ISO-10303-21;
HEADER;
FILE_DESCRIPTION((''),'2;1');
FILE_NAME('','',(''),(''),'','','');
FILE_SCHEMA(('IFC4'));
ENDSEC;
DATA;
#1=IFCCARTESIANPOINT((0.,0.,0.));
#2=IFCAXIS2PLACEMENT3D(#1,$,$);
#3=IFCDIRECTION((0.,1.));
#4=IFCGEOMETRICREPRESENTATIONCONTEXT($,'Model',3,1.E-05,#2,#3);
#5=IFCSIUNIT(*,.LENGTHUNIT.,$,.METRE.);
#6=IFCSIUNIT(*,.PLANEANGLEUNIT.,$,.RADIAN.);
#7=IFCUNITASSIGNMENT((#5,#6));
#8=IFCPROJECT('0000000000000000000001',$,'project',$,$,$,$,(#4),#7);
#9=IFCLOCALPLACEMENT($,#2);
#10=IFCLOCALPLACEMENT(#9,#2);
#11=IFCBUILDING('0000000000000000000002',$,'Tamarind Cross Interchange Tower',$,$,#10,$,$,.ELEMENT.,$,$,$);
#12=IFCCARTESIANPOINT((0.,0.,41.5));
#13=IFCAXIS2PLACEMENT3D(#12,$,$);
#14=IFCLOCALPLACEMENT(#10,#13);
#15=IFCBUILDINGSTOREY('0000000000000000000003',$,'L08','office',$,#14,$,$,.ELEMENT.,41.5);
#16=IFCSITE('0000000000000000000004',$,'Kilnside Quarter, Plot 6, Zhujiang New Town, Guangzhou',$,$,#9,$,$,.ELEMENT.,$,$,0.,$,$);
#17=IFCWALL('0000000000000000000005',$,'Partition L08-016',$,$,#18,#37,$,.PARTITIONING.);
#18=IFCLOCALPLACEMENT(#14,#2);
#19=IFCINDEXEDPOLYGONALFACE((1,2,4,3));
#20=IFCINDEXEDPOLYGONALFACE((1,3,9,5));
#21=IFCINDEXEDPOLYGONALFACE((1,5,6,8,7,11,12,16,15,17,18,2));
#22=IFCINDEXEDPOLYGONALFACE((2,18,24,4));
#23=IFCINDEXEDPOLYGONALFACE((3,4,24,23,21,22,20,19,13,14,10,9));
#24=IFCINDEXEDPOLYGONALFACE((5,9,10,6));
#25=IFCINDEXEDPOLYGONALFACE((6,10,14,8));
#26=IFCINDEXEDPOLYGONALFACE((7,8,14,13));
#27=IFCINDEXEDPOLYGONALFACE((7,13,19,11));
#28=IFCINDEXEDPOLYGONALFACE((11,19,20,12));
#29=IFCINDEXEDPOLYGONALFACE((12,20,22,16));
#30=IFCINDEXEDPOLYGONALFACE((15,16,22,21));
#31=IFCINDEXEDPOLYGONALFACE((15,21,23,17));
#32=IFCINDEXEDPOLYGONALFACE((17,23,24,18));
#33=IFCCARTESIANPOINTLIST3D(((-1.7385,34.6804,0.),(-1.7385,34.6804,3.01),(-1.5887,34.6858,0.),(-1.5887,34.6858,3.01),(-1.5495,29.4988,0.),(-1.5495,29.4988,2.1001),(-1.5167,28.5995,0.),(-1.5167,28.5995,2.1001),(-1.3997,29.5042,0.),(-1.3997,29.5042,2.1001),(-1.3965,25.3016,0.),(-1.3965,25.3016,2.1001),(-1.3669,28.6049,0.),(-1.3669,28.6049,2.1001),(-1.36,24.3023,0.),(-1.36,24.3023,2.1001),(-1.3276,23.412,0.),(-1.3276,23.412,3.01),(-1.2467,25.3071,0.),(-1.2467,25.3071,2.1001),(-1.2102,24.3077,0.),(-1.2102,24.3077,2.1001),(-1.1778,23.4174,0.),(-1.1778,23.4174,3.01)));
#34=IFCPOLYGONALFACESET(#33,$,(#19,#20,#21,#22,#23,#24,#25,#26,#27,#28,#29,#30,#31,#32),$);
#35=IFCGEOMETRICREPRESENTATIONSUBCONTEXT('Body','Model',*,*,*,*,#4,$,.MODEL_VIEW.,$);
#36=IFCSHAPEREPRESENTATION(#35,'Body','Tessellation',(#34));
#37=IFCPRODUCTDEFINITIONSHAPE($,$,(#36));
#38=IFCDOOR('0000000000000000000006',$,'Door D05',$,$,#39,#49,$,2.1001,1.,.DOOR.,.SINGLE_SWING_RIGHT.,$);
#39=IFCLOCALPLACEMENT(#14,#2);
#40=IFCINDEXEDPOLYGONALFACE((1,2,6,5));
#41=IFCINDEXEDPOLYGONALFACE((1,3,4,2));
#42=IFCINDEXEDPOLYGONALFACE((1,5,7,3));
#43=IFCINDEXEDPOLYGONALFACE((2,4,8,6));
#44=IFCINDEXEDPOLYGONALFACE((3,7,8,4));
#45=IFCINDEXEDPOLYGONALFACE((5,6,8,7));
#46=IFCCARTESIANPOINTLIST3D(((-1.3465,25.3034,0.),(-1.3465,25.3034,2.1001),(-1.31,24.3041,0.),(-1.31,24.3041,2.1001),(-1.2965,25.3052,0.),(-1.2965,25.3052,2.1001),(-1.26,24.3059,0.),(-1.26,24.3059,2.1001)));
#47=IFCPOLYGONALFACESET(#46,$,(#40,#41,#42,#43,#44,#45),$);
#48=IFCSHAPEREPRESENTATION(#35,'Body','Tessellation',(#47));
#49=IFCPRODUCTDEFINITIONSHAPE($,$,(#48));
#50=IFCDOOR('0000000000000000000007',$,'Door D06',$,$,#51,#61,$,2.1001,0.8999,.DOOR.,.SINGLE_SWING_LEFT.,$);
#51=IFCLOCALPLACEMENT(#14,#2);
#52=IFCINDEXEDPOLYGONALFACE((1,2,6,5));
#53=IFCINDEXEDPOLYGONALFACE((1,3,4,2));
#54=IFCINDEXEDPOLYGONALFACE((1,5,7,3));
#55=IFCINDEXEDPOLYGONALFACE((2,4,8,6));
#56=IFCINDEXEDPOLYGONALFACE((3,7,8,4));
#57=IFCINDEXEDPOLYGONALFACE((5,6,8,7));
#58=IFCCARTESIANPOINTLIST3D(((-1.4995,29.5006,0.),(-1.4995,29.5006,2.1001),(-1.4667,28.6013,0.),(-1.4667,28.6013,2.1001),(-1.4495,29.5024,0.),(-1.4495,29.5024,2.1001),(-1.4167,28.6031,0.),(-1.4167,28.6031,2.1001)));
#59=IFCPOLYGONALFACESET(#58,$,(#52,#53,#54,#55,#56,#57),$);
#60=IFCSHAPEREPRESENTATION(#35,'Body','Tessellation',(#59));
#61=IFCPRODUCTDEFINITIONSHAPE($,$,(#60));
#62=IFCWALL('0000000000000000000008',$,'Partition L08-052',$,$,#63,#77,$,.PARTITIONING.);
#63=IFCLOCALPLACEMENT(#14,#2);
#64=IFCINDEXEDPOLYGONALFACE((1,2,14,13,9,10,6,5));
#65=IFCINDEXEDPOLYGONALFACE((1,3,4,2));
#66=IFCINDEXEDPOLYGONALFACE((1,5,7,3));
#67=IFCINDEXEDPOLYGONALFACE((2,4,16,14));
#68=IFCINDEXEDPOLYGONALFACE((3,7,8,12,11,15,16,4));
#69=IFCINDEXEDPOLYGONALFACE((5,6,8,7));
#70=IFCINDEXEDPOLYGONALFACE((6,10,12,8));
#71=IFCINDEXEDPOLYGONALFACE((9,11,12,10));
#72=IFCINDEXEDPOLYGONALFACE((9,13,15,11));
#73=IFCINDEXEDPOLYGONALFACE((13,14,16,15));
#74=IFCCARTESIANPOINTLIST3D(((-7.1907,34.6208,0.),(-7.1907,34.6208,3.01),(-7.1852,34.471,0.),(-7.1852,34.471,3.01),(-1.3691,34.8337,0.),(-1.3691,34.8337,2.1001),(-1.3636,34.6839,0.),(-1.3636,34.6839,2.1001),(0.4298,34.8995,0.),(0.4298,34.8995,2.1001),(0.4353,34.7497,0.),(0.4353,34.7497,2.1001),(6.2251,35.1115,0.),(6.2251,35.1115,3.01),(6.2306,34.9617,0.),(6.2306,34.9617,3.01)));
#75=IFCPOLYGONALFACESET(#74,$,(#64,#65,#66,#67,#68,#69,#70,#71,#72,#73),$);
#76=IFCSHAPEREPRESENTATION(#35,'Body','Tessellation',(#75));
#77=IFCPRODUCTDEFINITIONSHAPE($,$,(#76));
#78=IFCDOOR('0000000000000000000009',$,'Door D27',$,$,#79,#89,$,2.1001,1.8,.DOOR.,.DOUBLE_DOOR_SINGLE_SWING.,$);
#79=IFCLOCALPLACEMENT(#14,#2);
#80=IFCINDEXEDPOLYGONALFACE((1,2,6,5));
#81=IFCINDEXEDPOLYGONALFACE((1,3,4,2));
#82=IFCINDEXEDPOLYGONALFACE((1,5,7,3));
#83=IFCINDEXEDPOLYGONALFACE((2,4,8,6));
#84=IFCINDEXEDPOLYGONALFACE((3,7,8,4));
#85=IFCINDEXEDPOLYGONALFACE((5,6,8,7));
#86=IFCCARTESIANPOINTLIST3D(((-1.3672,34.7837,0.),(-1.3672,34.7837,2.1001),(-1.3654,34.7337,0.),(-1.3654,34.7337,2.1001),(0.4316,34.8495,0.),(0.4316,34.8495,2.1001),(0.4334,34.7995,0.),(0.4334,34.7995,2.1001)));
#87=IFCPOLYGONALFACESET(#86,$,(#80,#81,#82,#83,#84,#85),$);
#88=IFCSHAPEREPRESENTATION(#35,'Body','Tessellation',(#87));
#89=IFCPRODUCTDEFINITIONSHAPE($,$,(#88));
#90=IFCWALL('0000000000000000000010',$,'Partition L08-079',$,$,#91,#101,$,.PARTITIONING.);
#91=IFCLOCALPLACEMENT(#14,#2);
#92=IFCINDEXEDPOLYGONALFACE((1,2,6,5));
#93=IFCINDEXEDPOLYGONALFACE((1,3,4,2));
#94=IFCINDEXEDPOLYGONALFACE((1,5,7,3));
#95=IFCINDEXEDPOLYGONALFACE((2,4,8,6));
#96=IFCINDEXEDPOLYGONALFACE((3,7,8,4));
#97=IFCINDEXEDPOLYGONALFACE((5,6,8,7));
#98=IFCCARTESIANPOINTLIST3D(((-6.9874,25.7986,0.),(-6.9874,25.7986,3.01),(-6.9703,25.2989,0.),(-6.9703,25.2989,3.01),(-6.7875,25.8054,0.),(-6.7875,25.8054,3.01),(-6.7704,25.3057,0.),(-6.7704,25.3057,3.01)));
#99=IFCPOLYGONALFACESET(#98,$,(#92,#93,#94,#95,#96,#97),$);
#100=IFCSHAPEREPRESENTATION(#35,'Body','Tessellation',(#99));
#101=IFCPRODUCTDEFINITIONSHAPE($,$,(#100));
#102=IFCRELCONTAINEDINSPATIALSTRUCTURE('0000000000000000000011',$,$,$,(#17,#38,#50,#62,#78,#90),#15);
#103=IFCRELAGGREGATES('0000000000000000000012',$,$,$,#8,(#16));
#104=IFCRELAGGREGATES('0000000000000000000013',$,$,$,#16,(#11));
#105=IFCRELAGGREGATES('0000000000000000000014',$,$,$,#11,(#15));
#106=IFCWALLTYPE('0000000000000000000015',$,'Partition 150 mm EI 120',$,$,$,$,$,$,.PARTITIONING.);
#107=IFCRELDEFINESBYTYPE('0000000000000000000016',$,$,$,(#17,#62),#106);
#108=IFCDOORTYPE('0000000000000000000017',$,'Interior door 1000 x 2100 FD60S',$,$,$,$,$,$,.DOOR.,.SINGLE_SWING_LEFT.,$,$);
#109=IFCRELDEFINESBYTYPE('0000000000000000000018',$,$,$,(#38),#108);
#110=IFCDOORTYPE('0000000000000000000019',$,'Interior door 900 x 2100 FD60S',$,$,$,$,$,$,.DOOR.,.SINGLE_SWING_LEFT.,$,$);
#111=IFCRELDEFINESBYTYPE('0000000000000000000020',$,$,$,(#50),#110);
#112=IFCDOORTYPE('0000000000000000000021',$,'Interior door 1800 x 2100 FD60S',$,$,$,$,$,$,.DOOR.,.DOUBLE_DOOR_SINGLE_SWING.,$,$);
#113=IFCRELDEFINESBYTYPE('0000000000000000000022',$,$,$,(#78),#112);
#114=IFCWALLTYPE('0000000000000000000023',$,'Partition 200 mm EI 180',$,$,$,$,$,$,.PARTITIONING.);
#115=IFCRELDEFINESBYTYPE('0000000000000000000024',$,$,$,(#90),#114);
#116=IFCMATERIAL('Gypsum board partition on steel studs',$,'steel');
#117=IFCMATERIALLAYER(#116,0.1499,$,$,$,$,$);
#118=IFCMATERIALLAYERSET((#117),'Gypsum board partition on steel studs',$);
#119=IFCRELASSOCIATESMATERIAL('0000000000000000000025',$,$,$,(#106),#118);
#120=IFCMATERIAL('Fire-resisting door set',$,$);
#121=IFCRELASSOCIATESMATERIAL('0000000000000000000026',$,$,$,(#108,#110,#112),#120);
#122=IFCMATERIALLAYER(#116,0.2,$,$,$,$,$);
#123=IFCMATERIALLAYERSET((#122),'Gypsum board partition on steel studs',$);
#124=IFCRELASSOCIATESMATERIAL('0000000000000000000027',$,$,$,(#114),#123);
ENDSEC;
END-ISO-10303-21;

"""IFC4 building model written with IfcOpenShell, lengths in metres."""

from ifc_helpers import new_model, si_unit, direction, frame, frame_2d, origin, place, context, subcontext, project, spatial, rectangle, extrude, material, layer, layer_set, type_object, element, fill, save


model = new_model("IFC4")

# Units and contexts
model_context = context("Model", 3, precision=1e-05, world=origin(), true_north=direction((0.0, 1.0)))
body_context = subcontext(model_context, "Body", "Model", "MODEL_VIEW")
ifc_project = project(units=[si_unit("LENGTHUNIT", "METRE"), si_unit("PLANEANGLEUNIT", "RADIAN")], contexts=[model_context])

# Site, building, storey
site_placement = place(None, origin())
site = spatial("IfcSite", under=ifc_project, at=site_placement, Name="Kilnside Quarter, Plot 6, Zhujiang New Town, Guangzhou", CompositionType="ELEMENT", RefElevation=0.0)
building_placement = place(site_placement, origin())
building = spatial("IfcBuilding", under=site, at=building_placement, Name="Tamarind Cross Interchange Tower", CompositionType="ELEMENT")
storey_placement = place(building_placement, frame((0.0, 0.0, 41.5)))
storey = spatial("IfcBuildingStorey", under=building, at=storey_placement, Name="L08", Description="office", CompositionType="ELEMENT", Elevation=41.5)

# Shared definitions
ifc_material_1 = material(Name="Gypsum board partition on steel studs", Category="steel")
ifc_layer_1 = layer(ifc_material_1, 0.1499)
ifc_layer_set_1 = layer_set([ifc_layer_1], Name="Gypsum board partition on steel studs")
wall_type_1 = type_object("IfcWallType", Name="Partition 150 mm EI 120", PredefinedType="PARTITIONING", material=ifc_layer_set_1)

# Wall, openings, doors
wall_1_placement = place(storey_placement, frame((-1.6636, 34.6831, 0.0), z_axis=(0.0, 0.0, 1.0), x_axis=(0.03644, -0.999336, 0.0)))
wall_1 = element("IfcWall", 1, at=wall_1_placement, inside=storey, type_object=wall_type_1, Name="Partition L08-016", PredefinedType="PARTITIONING", context=body_context, shape_type="SweptSolid", body=[
    extrude(rectangle(XDim=11.2759, YDim=0.1499, at=frame_2d((5.6379, 0.0))), origin(), (0.0, 0.0, 1.0), 3.01),
])
opening_1_placement = place(wall_1_placement, frame((9.385, 0.0, 0.0)))
opening_1 = element("IfcOpeningElement", 2, at=opening_1_placement, cuts=wall_1, PredefinedType="OPENING", context=body_context, shape_type="SweptSolid", body=[
    extrude(rectangle(XDim=1.0, YDim=2.1001, at=frame_2d((0.5, 1.05))), frame((0.0, 0.085, 0.0), z_axis=(0.0, -1.0, 0.0), x_axis=(1.0, 0.0, 0.0)), (0.0, 0.0, 1.0), 0.1699),
])
opening_2_placement = place(wall_1_placement, frame((5.1851, 0.0, 0.0)))
opening_2 = element("IfcOpeningElement", 3, at=opening_2_placement, cuts=wall_1, PredefinedType="OPENING", context=body_context, shape_type="SweptSolid", body=[
    extrude(rectangle(XDim=0.8999, YDim=2.1001, at=frame_2d((0.45, 1.05))), frame((0.0, 0.085, 0.0), z_axis=(0.0, -1.0, 0.0), x_axis=(1.0, 0.0, 0.0)), (0.0, 0.0, 1.0), 0.1699),
])
ifc_material_2 = material(Name="Fire-resisting door set")
door_type_1 = type_object("IfcDoorType", Name="Interior door 1000 x 2100 FD60S", OperationType="SINGLE_SWING_LEFT", PredefinedType="DOOR", material=ifc_material_2)
door_1_placement = place(opening_1_placement, frame((1.0, 0.0, 0.0), z_axis=(0.0, 0.0, 1.0), x_axis=(-1.0, 0.0, 0.0)))
door_1 = element("IfcDoor", 4, at=door_1_placement, inside=storey, type_object=door_type_1, Name="Door D05", OperationType="SINGLE_SWING_RIGHT", OverallHeight=2.1001, OverallWidth=1.0, PredefinedType="DOOR", context=body_context, shape_type="SweptSolid", body=[
    extrude(rectangle(XDim=1.0, YDim=2.1001, at=frame_2d((0.5, 1.05))), frame((0.0, 0.0249, 0.0), z_axis=(0.0, -1.0, 0.0), x_axis=(1.0, 0.0, 0.0)), (0.0, 0.0, 1.0), 0.05),
])
fill(opening_1, door_1)
door_type_2 = type_object("IfcDoorType", Name="Interior door 900 x 2100 FD60S", OperationType="SINGLE_SWING_LEFT", PredefinedType="DOOR", material=ifc_material_2)
door_2_placement = place(opening_2_placement, frame((0.8999, 0.0, 0.0), z_axis=(0.0, 0.0, 1.0), x_axis=(-1.0, 0.0, 0.0)))
door_2 = element("IfcDoor", 5, at=door_2_placement, inside=storey, type_object=door_type_2, Name="Door D06", OperationType="SINGLE_SWING_LEFT", OverallHeight=2.1001, OverallWidth=0.8999, PredefinedType="DOOR", context=body_context, shape_type="SweptSolid", body=[
    extrude(rectangle(XDim=0.8999, YDim=2.1001, at=frame_2d((0.45, 1.05))), frame((0.0, 0.0249, 0.0), z_axis=(0.0, -1.0, 0.0), x_axis=(1.0, 0.0, 0.0)), (0.0, 0.0, 1.0), 0.05),
])
fill(opening_2, door_2)

# Wall, opening, door
wall_2_placement = place(storey_placement, frame((-7.188, 34.5459, 0.0), z_axis=(0.0, 0.0, 1.0), x_axis=(0.999332, 0.036554, 0.0)))
wall_2 = element("IfcWall", 6, at=wall_2_placement, inside=storey, type_object=wall_type_1, Name="Partition L08-052", PredefinedType="PARTITIONING", context=body_context, shape_type="SweptSolid", body=[
    extrude(rectangle(XDim=13.4248, YDim=0.1499, at=frame_2d((6.7124, 0.0))), origin(), (0.0, 0.0, 1.0), 3.01),
])
opening_3_placement = place(wall_2_placement, frame((5.8257, 0.0, 0.0)))
opening_3 = element("IfcOpeningElement", 7, at=opening_3_placement, cuts=wall_2, PredefinedType="OPENING", context=body_context, shape_type="SweptSolid", body=[
    extrude(rectangle(XDim=1.8, YDim=2.1001, at=frame_2d((0.8999, 1.05))), frame((0.0, 0.085, 0.0), z_axis=(0.0, -1.0, 0.0), x_axis=(1.0, 0.0, 0.0)), (0.0, 0.0, 1.0), 0.1699),
])
door_type_3 = type_object("IfcDoorType", Name="Interior door 1800 x 2100 FD60S", OperationType="DOUBLE_DOOR_SINGLE_SWING", PredefinedType="DOOR", material=ifc_material_2)
door_3_placement = place(opening_3_placement, origin())
door_3 = element("IfcDoor", 8, at=door_3_placement, inside=storey, type_object=door_type_3, Name="Door D27", OperationType="DOUBLE_DOOR_SINGLE_SWING", OverallHeight=2.1001, OverallWidth=1.8, PredefinedType="DOOR", context=body_context, shape_type="SweptSolid", body=[
    extrude(rectangle(XDim=1.8, YDim=2.1001, at=frame_2d((0.8999, 1.05))), frame((0.0, 0.0249, 0.0), z_axis=(0.0, -1.0, 0.0), x_axis=(1.0, 0.0, 0.0)), (0.0, 0.0, 1.0), 0.05),
])
fill(opening_3, door_3)

# Wall
ifc_layer_2 = layer(ifc_material_1, 0.2)
ifc_layer_set_2 = layer_set([ifc_layer_2], Name="Gypsum board partition on steel studs")
wall_type_2 = type_object("IfcWallType", Name="Partition 200 mm EI 180", PredefinedType="PARTITIONING", material=ifc_layer_set_2)
wall_3_placement = place(storey_placement, frame((-6.8875, 25.802, 0.0), z_axis=(0.0, 0.0, 1.0), x_axis=(0.034176, -0.999416, 0.0)))
element("IfcWall", 9, at=wall_3_placement, inside=storey, type_object=wall_type_2, Name="Partition L08-079", PredefinedType="PARTITIONING", context=body_context, shape_type="SweptSolid", body=[
    extrude(rectangle(XDim=0.5, YDim=0.2, at=frame_2d((0.25, 0.0))), origin(), (0.0, 0.0, 1.0), 3.01),
])

save(model, "model.ifc")
